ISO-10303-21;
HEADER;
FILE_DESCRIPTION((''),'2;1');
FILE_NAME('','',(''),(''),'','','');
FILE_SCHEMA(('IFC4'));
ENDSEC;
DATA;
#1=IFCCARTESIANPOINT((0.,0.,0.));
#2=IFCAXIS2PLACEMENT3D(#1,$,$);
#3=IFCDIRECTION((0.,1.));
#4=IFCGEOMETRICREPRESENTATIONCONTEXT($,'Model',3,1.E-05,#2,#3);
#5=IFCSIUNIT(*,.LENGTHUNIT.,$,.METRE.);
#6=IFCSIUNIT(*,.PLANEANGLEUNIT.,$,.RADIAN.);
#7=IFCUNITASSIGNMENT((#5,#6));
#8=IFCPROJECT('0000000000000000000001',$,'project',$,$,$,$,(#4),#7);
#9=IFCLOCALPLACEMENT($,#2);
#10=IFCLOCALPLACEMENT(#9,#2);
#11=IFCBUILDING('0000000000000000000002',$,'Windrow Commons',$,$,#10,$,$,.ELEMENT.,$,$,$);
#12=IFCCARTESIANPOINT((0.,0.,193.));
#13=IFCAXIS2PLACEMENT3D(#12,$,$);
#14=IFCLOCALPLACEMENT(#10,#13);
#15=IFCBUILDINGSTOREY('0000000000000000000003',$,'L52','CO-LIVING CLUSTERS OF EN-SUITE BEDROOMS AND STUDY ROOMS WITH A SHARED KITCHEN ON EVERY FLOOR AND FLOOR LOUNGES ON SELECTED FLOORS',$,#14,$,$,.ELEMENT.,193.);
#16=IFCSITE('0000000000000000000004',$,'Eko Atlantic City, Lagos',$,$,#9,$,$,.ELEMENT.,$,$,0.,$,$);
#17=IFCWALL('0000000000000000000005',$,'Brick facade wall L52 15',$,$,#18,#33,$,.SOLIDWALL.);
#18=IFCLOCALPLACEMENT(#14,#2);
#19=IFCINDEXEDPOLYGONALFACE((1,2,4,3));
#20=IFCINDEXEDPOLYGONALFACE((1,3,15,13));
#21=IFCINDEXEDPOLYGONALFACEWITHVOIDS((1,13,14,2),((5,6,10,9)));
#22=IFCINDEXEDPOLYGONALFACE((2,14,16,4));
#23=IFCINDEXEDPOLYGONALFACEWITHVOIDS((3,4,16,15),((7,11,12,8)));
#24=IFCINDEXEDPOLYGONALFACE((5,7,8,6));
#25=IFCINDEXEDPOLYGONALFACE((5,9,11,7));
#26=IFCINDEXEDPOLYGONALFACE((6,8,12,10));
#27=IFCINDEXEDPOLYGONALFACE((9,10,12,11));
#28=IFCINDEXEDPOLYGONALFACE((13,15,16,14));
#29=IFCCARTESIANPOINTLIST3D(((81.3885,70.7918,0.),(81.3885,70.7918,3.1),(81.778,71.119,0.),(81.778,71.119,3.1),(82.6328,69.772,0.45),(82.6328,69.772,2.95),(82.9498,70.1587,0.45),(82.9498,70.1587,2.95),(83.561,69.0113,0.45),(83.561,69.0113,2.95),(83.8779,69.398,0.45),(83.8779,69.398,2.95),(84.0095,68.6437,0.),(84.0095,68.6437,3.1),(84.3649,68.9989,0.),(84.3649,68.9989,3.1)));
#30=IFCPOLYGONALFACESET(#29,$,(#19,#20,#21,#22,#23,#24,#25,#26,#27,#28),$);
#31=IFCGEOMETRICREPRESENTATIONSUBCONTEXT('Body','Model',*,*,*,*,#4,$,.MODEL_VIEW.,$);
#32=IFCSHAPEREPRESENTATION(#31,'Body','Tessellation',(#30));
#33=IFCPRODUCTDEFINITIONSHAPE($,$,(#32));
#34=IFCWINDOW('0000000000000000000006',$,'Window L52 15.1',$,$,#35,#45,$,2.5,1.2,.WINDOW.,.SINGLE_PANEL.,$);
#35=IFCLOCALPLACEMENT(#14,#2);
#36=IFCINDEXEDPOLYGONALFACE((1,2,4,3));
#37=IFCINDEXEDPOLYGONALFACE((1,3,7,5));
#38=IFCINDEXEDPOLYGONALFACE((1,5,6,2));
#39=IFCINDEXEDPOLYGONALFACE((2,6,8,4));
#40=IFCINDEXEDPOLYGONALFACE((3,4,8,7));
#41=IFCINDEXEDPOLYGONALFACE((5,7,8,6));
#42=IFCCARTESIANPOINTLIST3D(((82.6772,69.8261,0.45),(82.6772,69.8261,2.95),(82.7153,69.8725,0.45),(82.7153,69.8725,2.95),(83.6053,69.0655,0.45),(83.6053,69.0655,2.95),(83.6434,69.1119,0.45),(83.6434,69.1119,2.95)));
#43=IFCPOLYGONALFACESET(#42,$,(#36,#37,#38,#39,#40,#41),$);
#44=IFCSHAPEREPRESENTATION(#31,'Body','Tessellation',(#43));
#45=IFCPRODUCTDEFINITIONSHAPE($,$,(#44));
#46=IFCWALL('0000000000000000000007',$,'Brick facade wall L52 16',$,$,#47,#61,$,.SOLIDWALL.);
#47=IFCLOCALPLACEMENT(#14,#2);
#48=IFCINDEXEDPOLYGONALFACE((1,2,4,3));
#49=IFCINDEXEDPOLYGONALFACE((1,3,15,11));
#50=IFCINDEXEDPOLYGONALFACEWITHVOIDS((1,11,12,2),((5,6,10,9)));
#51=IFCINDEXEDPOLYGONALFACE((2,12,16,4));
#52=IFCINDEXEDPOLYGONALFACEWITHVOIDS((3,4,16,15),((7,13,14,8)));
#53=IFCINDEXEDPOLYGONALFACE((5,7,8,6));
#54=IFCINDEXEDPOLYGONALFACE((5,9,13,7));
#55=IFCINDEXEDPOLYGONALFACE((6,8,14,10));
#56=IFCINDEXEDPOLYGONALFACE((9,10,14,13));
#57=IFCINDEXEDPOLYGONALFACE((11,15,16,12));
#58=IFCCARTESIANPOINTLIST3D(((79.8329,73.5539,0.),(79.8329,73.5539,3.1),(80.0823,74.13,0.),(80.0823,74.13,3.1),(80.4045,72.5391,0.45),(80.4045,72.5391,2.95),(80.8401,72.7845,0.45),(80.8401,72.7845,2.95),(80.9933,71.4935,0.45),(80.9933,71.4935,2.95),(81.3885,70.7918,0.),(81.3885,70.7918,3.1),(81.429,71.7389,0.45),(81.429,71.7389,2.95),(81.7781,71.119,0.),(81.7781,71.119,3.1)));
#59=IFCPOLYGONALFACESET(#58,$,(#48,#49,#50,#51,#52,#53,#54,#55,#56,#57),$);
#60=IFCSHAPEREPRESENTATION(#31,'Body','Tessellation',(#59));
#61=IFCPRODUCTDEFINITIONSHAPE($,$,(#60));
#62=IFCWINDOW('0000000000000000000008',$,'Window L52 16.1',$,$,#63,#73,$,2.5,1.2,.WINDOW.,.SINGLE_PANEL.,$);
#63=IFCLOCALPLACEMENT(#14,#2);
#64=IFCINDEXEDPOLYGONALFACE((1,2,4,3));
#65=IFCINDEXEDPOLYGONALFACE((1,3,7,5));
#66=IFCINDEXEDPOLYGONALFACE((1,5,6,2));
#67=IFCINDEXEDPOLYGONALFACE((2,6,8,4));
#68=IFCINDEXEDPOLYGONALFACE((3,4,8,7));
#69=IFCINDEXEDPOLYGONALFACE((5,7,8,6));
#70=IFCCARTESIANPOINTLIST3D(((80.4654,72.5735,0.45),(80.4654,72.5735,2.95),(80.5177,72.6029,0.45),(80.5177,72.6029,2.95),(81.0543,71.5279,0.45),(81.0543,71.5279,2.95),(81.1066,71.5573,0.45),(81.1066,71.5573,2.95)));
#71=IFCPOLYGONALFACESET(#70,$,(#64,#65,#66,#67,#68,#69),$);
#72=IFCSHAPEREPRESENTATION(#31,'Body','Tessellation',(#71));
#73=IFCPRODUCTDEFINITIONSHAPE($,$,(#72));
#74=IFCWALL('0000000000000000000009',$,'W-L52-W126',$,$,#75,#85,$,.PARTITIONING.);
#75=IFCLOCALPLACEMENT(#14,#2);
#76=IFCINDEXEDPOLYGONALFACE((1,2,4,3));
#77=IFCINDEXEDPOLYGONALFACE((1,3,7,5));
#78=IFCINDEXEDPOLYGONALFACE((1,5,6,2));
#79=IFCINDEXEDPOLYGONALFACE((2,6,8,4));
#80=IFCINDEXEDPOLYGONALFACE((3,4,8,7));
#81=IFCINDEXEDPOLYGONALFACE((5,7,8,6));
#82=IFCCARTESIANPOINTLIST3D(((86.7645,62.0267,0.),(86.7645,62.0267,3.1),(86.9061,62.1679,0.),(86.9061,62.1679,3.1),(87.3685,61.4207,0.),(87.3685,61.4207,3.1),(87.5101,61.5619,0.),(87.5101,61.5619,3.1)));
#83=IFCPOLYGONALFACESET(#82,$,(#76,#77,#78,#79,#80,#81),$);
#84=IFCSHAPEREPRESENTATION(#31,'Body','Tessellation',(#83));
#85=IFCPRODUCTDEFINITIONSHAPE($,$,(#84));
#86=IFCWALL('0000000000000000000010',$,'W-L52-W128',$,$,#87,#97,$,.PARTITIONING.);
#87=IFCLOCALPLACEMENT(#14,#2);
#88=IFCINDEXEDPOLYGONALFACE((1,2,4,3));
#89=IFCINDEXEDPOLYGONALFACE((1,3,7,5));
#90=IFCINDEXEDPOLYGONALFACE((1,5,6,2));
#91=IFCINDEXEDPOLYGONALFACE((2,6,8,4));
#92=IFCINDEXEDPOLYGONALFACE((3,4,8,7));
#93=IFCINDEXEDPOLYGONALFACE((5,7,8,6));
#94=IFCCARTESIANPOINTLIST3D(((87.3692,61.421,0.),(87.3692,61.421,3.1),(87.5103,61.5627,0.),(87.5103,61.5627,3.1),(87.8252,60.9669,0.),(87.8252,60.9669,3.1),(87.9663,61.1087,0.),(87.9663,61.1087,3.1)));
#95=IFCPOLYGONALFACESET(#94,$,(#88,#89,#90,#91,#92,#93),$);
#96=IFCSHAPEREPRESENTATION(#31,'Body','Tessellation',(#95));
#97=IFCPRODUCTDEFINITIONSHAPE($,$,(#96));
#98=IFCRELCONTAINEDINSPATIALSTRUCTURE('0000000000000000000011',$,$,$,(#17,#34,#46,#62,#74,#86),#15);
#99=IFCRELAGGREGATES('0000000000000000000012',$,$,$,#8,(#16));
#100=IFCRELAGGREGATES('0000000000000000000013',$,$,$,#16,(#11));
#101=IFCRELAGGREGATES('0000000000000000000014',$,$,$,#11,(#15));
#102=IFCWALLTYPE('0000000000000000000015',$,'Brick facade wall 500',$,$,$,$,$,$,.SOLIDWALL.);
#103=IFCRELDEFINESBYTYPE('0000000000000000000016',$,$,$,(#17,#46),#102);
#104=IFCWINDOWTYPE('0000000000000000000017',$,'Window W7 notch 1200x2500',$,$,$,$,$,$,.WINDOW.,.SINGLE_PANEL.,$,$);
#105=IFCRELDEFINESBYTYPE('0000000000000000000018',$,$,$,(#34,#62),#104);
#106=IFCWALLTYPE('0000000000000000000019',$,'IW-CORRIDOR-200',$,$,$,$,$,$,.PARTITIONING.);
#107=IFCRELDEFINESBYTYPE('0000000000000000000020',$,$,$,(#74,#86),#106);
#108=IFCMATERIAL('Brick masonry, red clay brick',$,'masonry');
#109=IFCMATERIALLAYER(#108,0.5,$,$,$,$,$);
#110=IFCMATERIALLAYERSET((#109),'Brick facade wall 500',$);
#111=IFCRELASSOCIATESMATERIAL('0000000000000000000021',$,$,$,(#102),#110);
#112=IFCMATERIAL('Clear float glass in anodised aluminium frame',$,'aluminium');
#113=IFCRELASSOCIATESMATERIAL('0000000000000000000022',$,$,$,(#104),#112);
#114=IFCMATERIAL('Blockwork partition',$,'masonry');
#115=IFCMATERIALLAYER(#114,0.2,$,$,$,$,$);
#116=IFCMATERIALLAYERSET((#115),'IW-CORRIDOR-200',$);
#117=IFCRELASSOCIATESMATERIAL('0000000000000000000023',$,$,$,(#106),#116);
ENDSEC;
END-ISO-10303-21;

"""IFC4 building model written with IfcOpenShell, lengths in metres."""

from ifc_helpers import new_model, si_unit, direction, frame, frame_2d, origin, place, context, subcontext, project, spatial, polyline, rectangle, outline, extrude, material, layer, layer_set, type_object, element, fill, save


model = new_model("IFC4")

# Units and contexts
model_context = context("Model", 3, precision=1e-05, world=origin(), true_north=direction((0.0, 1.0)))
body_context = subcontext(model_context, "Body", "Model", "MODEL_VIEW")
ifc_project = project(units=[si_unit("LENGTHUNIT", "METRE"), si_unit("PLANEANGLEUNIT", "RADIAN")], contexts=[model_context])

# Site, building, storey
site_placement = place(None, origin())
site = spatial("IfcSite", under=ifc_project, at=site_placement, Name="Eko Atlantic City, Lagos", CompositionType="ELEMENT", RefElevation=0.0)
building_placement = place(site_placement, origin())
building = spatial("IfcBuilding", under=site, at=building_placement, Name="Windrow Commons", CompositionType="ELEMENT")
storey_placement = place(building_placement, frame((0.0, 0.0, 193.0)))
storey = spatial("IfcBuildingStorey", under=building, at=storey_placement, Name="L52", Description="CO-LIVING CLUSTERS OF EN-SUITE BEDROOMS AND STUDY ROOMS WITH A SHARED KITCHEN ON EVERY FLOOR AND FLOOR LOUNGES ON SELECTED FLOORS", CompositionType="ELEMENT", Elevation=193.0)

# Shared definitions
ifc_material_1 = material(Name="Brick masonry, red clay brick", Category="masonry")
ifc_layer_1 = layer(ifc_material_1, 0.5)
ifc_layer_set_1 = layer_set([ifc_layer_1], Name="Brick facade wall 500")
wall_type_1 = type_object("IfcWallType", Name="Brick facade wall 500", PredefinedType="SOLIDWALL", material=ifc_layer_set_1)
ifc_material_2 = material(Name="Clear float glass in anodised aluminium frame", Category="aluminium")
window_type = type_object("IfcWindowType", Name="Window W7 notch 1200x2500", PartitioningType="SINGLE_PANEL", PredefinedType="WINDOW", material=ifc_material_2)

# Walls, openings, windows
wall_1_placement = place(storey_placement, frame((84.1872, 68.8213, 0.0), z_axis=(0.0, 0.0, 1.0), x_axis=(-0.773428, 0.633885, 0.0)))
wall_1 = element("IfcWall", 1, at=wall_1_placement, inside=storey, type_object=wall_type_1, Name="Brick facade wall L52 15", PredefinedType="SOLIDWALL", context=body_context, shape_type="SweptSolid", body=[
    extrude(outline(polyline([(-0.0248, -0.25), (3.3198, -0.25), (3.4137, 0.25), (0.0248, 0.25), (-0.0248, -0.25)])), origin(), (0.0, 0.0, 1.0), 3.1),
])
opening_1_placement = place(wall_1_placement, frame((0.6048, 0.0, 0.45)))
opening_1 = element("IfcOpeningElement", 2, at=opening_1_placement, cuts=wall_1, PredefinedType="OPENING", context=body_context, shape_type="SweptSolid", body=[
    extrude(rectangle(XDim=1.2, YDim=2.5, at=frame_2d((0.6, 1.25))), frame((0.0, 0.26, 0.0), z_axis=(0.0, -1.0, 0.0), x_axis=(1.0, 0.0, 0.0)), (0.0, 0.0, 1.0), 0.52),
])
window_1_placement = place(opening_1_placement, origin())
window_1 = element("IfcWindow", 3, at=window_1_placement, inside=storey, type_object=window_type, Name="Window L52 15.1", OverallHeight=2.5, OverallWidth=1.2, PartitioningType="SINGLE_PANEL", PredefinedType="WINDOW", context=body_context, shape_type="SweptSolid", body=[
    extrude(rectangle(XDim=1.2, YDim=2.5, at=frame_2d((0.6, 1.25))), frame((0.0, 0.18, 0.0), z_axis=(0.0, -1.0, 0.0), x_axis=(1.0, 0.0, 0.0)), (0.0, 0.0, 1.0), 0.06),
])
fill(opening_1, window_1)
wall_2_placement = place(storey_placement, frame((81.5833, 70.9554, 0.0), z_axis=(0.0, 0.0, 1.0), x_axis=(-0.490717, 0.871319, 0.0)))
wall_2 = element("IfcWall", 4, at=wall_2_placement, inside=storey, type_object=wall_type_1, Name="Brick facade wall L52 16", PredefinedType="SOLIDWALL", context=body_context, shape_type="SweptSolid", body=[
    extrude(outline(polyline([(0.047, -0.25), (3.5027, -0.25), (3.1231, 0.25), (-0.047, 0.25), (0.047, -0.25)])), origin(), (0.0, 0.0, 1.0), 3.1),
])
opening_2_placement = place(wall_2_placement, frame((0.7584, 0.0, 0.45)))
opening_2 = element("IfcOpeningElement", 5, at=opening_2_placement, cuts=wall_2, PredefinedType="OPENING", context=body_context, shape_type="SweptSolid", body=[
    extrude(rectangle(XDim=1.2, YDim=2.5, at=frame_2d((0.6, 1.25))), frame((0.0, 0.26, 0.0), z_axis=(0.0, -1.0, 0.0), x_axis=(1.0, 0.0, 0.0)), (0.0, 0.0, 1.0), 0.52),
])
window_2_placement = place(opening_2_placement, origin())
window_2 = element("IfcWindow", 6, at=window_2_placement, inside=storey, type_object=window_type, Name="Window L52 16.1", OverallHeight=2.5, OverallWidth=1.2, PartitioningType="SINGLE_PANEL", PredefinedType="WINDOW", context=body_context, shape_type="SweptSolid", body=[
    extrude(rectangle(XDim=1.2, YDim=2.5, at=frame_2d((0.6, 1.25))), frame((0.0, 0.18, 0.0), z_axis=(0.0, -1.0, 0.0), x_axis=(1.0, 0.0, 0.0)), (0.0, 0.0, 1.0), 0.06),
])
fill(opening_2, window_2)

# Walls
ifc_material_3 = material(Name="Blockwork partition", Category="masonry")
ifc_layer_2 = layer(ifc_material_3, 0.2)
ifc_layer_set_2 = layer_set([ifc_layer_2], Name="IW-CORRIDOR-200")
wall_type_2 = type_object("IfcWallType", Name="IW-CORRIDOR-200", PredefinedType="PARTITIONING", material=ifc_layer_set_2)
wall_3_placement = place(storey_placement, frame((86.8353, 62.0973, 0.0), z_axis=(0.0, 0.0, 1.0), x_axis=(0.705937, -0.708275, 0.0)))
element("IfcWall", 7, at=wall_3_placement, inside=storey, type_object=wall_type_2, Name="W-L52-W126", PredefinedType="PARTITIONING", context=body_context, shape_type="SweptSolid", body=[
    extrude(rectangle(XDim=0.8556, YDim=0.2, at=frame_2d((0.4278, 0.0))), origin(), (0.0, 0.0, 1.0), 3.1),
])
wall_4_placement = place(storey_placement, frame((87.4398, 61.4918, 0.0), z_axis=(0.0, 0.0, 1.0), x_axis=(0.708659, -0.705551, 0.0)))
element("IfcWall", 8, at=wall_4_placement, inside=storey, type_object=wall_type_2, Name="W-L52-W128", PredefinedType="PARTITIONING", context=body_context, shape_type="SweptSolid", body=[
    extrude(rectangle(XDim=0.6435, YDim=0.2, at=frame_2d((0.3217, 0.0))), origin(), (0.0, 0.0, 1.0), 3.1),
])

save(model, "model.ifc")
